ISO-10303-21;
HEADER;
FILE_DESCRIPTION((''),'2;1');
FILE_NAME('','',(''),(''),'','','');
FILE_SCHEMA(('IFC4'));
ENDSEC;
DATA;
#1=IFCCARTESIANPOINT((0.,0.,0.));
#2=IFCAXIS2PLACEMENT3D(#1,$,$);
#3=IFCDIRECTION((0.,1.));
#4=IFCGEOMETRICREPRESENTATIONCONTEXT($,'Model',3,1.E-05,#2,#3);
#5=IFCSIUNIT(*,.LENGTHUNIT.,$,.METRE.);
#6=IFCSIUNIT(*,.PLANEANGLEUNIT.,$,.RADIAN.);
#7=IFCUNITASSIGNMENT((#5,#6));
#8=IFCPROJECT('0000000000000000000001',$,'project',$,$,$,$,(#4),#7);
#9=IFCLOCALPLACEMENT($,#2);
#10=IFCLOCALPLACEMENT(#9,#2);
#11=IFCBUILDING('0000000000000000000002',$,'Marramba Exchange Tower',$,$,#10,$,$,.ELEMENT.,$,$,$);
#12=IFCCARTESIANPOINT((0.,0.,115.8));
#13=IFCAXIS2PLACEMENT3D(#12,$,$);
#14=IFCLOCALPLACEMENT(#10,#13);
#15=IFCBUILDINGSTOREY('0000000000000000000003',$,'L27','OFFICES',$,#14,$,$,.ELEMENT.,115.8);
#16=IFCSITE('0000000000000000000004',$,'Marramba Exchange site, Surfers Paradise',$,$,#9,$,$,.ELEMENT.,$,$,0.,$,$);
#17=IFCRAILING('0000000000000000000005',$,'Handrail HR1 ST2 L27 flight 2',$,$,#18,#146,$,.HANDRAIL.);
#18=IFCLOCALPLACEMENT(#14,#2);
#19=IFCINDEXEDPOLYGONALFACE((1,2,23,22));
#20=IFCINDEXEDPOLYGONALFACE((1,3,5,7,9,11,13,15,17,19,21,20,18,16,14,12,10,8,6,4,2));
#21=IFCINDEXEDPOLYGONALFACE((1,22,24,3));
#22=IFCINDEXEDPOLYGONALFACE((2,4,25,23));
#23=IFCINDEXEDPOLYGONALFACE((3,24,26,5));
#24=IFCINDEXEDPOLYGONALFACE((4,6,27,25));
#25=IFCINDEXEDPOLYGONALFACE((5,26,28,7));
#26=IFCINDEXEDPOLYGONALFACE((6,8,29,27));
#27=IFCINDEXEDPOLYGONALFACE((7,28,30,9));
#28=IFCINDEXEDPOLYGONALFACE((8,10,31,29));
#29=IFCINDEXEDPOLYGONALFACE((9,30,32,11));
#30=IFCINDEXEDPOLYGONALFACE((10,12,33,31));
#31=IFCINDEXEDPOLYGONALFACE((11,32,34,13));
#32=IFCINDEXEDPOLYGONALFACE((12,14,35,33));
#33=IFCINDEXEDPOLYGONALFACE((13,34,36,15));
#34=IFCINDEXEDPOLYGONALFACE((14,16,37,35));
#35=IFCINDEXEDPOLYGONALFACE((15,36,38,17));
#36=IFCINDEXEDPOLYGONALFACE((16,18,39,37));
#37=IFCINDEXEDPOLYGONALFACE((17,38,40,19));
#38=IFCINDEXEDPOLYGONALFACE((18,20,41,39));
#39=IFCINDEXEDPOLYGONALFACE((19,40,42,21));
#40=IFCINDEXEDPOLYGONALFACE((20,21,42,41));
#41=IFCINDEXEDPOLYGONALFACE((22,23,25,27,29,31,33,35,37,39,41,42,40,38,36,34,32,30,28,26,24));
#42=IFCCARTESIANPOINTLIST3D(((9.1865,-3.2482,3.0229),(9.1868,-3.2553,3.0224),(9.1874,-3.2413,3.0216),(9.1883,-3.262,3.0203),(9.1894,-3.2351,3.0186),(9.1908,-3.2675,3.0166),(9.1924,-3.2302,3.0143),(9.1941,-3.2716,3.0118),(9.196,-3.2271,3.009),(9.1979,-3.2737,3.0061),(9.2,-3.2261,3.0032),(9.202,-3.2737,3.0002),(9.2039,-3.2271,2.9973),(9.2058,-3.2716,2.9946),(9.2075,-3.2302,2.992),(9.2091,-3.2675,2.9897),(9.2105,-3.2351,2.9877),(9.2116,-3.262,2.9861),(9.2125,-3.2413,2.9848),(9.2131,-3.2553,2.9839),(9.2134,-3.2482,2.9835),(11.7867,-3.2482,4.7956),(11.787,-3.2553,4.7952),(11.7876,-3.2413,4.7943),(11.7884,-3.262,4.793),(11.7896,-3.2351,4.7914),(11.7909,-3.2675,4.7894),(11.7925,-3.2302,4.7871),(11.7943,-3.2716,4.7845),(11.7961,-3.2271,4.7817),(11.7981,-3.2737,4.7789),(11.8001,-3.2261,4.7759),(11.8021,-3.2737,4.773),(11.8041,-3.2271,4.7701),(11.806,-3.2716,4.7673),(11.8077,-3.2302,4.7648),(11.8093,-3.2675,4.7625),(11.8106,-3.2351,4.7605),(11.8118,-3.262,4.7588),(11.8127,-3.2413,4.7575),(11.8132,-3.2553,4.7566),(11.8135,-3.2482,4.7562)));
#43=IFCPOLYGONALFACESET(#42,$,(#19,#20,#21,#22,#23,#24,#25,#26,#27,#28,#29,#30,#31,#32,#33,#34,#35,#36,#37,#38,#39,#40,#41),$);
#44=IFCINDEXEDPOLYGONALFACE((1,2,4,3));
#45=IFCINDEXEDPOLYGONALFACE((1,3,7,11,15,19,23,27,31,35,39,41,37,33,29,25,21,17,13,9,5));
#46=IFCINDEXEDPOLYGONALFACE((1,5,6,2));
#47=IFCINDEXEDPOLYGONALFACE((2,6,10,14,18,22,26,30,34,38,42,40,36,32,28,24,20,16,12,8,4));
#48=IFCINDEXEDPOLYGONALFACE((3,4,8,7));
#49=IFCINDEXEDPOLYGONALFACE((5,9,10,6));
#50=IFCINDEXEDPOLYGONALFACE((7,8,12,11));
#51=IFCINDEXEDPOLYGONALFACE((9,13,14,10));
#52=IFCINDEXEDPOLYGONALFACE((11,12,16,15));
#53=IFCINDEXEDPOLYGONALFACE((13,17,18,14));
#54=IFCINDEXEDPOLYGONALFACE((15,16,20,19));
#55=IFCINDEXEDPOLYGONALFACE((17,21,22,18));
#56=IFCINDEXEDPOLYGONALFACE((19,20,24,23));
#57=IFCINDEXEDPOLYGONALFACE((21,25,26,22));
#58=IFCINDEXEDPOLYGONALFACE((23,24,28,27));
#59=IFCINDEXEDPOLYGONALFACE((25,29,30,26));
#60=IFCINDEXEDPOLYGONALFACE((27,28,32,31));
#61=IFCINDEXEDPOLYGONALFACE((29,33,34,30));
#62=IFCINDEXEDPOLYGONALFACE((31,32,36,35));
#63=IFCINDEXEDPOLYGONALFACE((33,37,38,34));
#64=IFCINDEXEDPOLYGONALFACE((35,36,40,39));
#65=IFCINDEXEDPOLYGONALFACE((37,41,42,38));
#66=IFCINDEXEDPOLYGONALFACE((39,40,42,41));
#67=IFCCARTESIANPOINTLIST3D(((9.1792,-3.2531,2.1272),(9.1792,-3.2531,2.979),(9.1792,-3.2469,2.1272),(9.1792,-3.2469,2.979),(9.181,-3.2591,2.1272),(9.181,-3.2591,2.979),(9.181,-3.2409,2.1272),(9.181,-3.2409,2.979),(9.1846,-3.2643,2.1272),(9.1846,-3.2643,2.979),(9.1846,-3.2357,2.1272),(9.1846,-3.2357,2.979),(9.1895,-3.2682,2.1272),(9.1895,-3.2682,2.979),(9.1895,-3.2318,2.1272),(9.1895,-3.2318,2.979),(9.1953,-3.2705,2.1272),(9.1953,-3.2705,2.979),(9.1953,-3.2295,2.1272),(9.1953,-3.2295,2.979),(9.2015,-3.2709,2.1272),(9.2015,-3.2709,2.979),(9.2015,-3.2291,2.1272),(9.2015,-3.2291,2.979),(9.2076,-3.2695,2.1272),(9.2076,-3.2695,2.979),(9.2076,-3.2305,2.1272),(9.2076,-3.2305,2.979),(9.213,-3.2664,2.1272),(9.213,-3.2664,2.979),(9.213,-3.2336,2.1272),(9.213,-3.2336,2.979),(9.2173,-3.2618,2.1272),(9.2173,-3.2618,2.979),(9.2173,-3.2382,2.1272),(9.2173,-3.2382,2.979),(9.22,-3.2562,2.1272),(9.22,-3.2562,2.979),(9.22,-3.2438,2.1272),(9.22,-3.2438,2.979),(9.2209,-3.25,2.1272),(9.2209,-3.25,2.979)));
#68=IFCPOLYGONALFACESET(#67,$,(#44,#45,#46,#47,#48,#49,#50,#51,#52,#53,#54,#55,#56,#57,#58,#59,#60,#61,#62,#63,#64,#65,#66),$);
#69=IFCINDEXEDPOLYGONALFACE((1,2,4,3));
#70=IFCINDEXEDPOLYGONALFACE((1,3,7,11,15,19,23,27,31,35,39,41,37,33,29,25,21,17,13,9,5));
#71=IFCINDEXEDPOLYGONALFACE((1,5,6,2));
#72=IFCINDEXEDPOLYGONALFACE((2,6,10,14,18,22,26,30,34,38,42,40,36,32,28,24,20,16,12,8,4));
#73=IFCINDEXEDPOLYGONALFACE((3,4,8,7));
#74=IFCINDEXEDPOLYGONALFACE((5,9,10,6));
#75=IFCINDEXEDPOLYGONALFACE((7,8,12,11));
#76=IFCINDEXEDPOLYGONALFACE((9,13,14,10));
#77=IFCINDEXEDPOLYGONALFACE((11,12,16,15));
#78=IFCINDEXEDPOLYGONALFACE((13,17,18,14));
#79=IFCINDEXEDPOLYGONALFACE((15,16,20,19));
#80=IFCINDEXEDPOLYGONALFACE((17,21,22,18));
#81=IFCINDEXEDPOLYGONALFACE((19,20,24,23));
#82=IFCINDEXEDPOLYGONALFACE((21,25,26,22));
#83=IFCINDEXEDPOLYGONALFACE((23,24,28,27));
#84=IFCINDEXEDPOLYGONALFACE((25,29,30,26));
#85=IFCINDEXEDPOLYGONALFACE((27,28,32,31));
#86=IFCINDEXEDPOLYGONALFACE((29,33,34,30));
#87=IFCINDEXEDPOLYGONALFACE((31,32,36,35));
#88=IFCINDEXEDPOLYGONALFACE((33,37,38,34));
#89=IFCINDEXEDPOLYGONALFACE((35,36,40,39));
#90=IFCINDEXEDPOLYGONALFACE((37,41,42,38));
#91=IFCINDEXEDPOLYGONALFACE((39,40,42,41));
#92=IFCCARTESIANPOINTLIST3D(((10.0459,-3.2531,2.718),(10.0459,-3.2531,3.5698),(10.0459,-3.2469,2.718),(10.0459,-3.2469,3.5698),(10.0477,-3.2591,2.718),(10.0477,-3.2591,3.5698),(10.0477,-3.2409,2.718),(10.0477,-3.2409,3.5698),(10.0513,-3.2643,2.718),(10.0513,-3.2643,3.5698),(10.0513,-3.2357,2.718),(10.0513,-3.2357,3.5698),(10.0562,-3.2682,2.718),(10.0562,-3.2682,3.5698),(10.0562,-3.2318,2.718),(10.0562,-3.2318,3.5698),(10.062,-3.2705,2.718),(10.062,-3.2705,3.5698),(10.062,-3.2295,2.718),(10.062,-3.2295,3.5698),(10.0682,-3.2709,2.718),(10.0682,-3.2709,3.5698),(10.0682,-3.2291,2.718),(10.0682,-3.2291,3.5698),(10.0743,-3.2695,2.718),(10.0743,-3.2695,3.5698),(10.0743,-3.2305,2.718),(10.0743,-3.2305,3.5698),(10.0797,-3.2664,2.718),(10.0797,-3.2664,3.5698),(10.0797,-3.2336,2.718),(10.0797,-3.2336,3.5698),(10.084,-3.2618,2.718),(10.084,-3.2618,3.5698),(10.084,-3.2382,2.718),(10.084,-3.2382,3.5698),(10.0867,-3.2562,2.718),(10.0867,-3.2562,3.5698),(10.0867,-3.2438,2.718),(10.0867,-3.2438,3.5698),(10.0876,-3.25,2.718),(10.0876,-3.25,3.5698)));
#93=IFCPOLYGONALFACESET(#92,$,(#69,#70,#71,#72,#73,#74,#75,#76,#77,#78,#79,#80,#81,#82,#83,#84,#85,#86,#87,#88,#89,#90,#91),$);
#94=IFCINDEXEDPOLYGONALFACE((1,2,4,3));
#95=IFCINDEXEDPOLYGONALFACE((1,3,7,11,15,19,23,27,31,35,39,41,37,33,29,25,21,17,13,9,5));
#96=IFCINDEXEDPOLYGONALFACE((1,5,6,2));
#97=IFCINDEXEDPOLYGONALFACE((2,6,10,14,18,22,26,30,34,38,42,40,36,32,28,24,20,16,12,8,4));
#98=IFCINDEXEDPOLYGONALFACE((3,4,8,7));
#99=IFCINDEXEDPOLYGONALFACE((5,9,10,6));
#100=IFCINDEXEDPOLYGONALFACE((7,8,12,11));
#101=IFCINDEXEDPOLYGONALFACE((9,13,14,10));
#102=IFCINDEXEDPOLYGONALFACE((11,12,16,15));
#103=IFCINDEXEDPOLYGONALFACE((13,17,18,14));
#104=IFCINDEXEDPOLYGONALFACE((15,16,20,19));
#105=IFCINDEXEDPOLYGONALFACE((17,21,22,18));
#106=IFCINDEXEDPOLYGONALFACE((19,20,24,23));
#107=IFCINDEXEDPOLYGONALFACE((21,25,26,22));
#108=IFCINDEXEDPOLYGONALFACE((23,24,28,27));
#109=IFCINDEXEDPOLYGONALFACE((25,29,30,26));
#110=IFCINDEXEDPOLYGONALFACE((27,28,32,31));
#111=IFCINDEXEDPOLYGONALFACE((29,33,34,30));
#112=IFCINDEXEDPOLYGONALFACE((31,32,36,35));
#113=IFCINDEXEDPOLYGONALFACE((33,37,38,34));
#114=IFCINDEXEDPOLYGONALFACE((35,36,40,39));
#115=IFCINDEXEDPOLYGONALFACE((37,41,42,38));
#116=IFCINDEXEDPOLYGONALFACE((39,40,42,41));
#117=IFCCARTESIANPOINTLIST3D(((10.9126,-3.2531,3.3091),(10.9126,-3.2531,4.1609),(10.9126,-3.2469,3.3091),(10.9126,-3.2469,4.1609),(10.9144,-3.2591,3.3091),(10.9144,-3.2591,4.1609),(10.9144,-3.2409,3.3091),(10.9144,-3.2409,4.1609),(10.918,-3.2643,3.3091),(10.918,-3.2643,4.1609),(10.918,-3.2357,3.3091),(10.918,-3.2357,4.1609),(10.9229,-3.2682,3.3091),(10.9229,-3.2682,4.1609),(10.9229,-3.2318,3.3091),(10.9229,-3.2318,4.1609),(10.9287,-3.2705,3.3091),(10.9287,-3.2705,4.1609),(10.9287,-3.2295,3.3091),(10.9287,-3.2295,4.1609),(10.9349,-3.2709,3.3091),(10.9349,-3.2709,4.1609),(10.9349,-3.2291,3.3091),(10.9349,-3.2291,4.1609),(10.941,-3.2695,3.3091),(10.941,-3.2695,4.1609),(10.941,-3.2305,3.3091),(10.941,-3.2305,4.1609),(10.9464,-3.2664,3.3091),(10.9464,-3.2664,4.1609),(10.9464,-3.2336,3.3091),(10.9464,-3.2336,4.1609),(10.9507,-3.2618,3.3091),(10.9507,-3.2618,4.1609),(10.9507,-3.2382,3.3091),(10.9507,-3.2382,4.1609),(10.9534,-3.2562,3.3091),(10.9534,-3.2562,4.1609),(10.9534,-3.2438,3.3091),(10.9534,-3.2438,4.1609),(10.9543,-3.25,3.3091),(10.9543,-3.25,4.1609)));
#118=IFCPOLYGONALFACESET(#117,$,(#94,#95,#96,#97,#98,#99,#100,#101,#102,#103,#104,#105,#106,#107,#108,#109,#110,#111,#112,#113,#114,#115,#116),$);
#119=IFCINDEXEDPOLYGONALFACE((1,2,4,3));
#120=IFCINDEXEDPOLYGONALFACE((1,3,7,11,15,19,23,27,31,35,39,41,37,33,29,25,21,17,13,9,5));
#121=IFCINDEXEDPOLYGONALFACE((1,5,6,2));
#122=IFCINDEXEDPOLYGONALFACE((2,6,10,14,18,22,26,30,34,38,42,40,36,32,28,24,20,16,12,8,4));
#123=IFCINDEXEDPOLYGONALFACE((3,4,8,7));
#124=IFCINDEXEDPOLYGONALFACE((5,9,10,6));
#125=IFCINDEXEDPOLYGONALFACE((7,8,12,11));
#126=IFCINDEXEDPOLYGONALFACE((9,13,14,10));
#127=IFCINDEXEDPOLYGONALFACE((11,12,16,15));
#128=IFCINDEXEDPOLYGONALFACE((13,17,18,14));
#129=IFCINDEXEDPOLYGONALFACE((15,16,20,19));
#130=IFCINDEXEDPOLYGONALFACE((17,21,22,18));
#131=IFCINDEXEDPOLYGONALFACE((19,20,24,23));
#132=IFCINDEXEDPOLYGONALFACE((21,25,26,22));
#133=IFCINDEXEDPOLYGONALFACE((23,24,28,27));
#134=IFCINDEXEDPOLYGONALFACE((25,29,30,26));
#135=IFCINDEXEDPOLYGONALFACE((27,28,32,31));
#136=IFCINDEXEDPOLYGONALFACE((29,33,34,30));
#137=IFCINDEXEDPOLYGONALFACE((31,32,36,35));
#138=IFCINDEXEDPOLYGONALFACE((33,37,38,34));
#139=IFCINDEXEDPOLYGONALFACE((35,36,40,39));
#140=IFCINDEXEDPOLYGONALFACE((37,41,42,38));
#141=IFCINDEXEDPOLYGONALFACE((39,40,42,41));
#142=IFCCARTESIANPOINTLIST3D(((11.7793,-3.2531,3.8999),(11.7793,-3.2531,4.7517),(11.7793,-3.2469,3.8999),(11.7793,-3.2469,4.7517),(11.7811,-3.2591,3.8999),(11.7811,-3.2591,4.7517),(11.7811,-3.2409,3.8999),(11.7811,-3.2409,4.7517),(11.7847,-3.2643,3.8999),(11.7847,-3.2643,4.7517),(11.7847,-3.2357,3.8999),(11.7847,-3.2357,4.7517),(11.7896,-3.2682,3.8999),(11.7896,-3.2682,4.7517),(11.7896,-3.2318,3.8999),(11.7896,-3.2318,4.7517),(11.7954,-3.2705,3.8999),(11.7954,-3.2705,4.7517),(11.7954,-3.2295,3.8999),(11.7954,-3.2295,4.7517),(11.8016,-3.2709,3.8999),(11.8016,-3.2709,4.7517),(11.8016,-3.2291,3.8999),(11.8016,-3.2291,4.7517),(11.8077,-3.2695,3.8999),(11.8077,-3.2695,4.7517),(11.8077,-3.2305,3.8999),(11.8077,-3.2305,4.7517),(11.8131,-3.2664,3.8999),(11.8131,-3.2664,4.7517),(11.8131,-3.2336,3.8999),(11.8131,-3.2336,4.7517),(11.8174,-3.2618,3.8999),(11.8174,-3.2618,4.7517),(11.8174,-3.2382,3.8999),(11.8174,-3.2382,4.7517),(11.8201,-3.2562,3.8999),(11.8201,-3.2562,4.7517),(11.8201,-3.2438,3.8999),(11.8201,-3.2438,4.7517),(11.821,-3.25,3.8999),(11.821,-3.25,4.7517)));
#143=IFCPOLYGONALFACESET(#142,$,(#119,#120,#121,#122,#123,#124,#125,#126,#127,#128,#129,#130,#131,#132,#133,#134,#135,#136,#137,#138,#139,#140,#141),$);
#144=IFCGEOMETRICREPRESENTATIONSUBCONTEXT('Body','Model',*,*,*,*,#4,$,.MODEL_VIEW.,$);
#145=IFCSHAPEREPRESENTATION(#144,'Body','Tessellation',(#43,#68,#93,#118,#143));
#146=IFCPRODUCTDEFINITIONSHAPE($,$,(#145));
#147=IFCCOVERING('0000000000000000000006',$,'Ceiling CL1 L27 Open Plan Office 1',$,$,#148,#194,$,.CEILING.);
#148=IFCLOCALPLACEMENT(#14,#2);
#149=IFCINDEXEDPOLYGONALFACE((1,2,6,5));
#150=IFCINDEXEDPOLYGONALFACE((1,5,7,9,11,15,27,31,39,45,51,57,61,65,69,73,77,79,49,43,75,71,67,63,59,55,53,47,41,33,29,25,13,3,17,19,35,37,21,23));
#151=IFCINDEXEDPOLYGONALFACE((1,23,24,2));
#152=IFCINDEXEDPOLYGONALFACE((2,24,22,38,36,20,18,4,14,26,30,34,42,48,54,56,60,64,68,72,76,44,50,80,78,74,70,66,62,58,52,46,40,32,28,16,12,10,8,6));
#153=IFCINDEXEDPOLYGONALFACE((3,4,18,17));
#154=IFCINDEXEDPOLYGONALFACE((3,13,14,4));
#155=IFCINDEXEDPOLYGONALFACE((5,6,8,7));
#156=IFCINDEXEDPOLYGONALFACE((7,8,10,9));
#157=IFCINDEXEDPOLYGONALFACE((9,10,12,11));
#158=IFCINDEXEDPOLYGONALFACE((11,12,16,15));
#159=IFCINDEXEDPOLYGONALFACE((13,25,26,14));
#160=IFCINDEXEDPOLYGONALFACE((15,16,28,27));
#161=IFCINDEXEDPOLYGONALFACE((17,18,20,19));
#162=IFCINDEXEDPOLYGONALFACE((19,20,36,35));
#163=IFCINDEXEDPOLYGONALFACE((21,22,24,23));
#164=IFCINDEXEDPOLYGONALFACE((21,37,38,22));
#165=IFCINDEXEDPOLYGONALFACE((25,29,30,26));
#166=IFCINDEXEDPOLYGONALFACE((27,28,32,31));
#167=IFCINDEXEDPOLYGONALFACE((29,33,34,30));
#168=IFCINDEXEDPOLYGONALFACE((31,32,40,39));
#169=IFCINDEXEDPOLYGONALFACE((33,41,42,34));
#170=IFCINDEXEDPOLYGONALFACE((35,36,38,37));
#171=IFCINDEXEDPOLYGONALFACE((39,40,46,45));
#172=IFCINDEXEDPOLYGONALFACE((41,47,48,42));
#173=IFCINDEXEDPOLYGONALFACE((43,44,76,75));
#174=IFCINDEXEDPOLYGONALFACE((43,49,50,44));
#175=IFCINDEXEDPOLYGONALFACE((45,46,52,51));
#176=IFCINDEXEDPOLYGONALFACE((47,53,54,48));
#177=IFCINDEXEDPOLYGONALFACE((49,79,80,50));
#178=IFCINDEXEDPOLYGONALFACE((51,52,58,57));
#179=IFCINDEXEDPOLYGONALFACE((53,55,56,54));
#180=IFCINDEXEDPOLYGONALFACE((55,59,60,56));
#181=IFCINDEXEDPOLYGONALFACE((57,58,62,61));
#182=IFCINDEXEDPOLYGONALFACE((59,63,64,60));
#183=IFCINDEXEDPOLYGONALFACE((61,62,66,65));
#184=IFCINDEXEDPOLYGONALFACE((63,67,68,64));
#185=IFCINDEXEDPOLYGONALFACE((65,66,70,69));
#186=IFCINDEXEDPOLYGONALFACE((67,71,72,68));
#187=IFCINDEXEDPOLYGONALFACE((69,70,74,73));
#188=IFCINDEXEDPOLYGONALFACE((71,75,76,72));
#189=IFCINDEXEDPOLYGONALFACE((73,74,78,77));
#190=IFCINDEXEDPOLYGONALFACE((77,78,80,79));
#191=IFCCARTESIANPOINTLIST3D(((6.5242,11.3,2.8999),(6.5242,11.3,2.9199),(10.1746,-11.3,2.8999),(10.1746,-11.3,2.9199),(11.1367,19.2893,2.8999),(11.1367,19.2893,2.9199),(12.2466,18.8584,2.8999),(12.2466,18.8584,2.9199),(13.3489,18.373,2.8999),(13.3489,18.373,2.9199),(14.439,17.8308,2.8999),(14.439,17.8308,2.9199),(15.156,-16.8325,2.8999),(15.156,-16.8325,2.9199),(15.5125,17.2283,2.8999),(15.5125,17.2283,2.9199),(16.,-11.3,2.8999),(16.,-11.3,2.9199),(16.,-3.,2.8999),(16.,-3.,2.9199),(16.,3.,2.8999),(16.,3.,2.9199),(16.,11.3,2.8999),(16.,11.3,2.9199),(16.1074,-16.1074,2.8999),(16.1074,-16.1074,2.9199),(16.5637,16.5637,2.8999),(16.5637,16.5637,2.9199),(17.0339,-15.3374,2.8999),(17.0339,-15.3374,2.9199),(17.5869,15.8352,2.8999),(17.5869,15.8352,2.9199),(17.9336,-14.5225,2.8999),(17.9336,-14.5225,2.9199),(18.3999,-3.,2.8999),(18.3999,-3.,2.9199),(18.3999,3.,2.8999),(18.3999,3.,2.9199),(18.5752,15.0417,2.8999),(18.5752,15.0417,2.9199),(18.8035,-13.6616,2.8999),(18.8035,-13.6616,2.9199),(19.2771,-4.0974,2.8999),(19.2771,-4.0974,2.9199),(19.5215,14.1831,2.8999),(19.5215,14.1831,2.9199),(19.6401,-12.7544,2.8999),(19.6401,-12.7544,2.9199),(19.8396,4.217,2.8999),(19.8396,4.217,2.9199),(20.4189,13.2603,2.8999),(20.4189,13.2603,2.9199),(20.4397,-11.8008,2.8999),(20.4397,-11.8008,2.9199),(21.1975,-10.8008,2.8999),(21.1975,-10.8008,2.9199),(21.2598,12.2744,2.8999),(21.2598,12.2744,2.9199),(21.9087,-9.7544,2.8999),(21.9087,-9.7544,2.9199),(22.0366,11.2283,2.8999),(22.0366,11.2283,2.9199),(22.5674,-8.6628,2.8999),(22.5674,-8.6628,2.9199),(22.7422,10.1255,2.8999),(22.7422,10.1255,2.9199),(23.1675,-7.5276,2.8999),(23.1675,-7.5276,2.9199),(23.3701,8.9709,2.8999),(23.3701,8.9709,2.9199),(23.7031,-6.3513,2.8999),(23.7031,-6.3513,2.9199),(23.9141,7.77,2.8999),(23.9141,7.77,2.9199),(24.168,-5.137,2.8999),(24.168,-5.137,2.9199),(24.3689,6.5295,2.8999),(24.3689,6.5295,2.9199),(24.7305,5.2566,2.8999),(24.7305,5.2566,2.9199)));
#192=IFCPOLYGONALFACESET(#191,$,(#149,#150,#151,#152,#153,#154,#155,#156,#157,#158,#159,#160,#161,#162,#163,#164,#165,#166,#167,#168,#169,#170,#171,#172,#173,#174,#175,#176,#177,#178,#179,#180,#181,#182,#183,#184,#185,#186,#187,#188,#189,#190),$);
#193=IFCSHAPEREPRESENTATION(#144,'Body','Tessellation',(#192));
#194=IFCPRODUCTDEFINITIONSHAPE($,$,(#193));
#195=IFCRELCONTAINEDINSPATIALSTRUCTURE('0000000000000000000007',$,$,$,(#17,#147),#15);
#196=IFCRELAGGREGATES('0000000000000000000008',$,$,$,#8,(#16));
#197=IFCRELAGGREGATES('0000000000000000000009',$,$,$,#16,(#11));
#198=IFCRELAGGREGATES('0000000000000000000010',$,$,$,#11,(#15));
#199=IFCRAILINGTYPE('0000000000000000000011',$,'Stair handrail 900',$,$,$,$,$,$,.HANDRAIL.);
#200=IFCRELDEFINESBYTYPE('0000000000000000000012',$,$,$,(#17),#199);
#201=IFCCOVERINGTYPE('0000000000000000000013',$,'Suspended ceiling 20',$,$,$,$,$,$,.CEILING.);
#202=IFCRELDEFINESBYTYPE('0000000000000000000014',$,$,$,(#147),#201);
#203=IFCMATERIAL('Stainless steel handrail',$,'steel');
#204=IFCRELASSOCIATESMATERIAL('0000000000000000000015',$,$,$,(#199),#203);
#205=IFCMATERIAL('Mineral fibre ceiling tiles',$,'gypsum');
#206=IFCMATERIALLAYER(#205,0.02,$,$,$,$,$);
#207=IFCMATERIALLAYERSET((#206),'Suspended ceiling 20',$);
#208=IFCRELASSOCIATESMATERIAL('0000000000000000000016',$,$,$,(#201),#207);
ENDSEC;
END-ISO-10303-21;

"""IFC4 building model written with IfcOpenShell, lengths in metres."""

from ifc_helpers import new_model, si_unit, direction, frame, origin, origin_2d, place, context, subcontext, project, spatial, polyline, circle, outline, extrude, material, layer, layer_set, type_object, element, save


model = new_model("IFC4")

# Units and contexts
model_context = context("Model", 3, precision=1e-05, world=origin(), true_north=direction((0.0, 1.0)))
body_context = subcontext(model_context, "Body", "Model", "MODEL_VIEW")
ifc_project = project(units=[si_unit("LENGTHUNIT", "METRE"), si_unit("PLANEANGLEUNIT", "RADIAN")], contexts=[model_context])

# Site, building, storey
site_placement = place(None, origin())
site = spatial("IfcSite", under=ifc_project, at=site_placement, Name="Marramba Exchange site, Surfers Paradise", CompositionType="ELEMENT", RefElevation=0.0)
building_placement = place(site_placement, origin())
building = spatial("IfcBuilding", under=site, at=building_placement, Name="Marramba Exchange Tower", CompositionType="ELEMENT")
storey_placement = place(building_placement, frame((0.0, 0.0, 115.8)))
storey = spatial("IfcBuildingStorey", under=building, at=storey_placement, Name="L27", Description="OFFICES", CompositionType="ELEMENT", Elevation=115.8)

# Railing
ifc_material_1 = material(Name="Stainless steel handrail", Category="steel")
railing_type = type_object("IfcRailingType", Name="Stair handrail 900", PredefinedType="HANDRAIL", material=ifc_material_1)
railing_placement = place(storey_placement, frame((9.2, -3.25, 2.1272)))
element("IfcRailing", 1, at=railing_placement, inside=storey, type_object=railing_type, Name="Handrail HR1 ST2 L27 flight 2", PredefinedType="HANDRAIL", context=body_context, shape_type="SweptSolid", body=[
    extrude(circle(Radius=0.0239, at=origin_2d()), frame((0.0, 0.0, 0.876), z_axis=(0.82624, 0.0, 0.563318), x_axis=(0.0, 1.0, 0.0)), (0.0, 0.0, 1.0), 3.147),
    extrude(circle(Radius=0.021, at=origin_2d()), origin(), (0.0, 0.0, 1.0), 0.8518),
    extrude(circle(Radius=0.021, at=origin_2d()), frame((0.8667, 0.0, 0.5908)), (0.0, 0.0, 1.0), 0.8518),
    extrude(circle(Radius=0.021, at=origin_2d()), frame((1.7334, 0.0, 1.1819)), (0.0, 0.0, 1.0), 0.8518),
    extrude(circle(Radius=0.021, at=origin_2d()), frame((2.6001, 0.0, 1.7727)), (0.0, 0.0, 1.0), 0.8518),
])

# Covering
ifc_material_2 = material(Name="Mineral fibre ceiling tiles", Category="gypsum")
ifc_layer_1 = layer(ifc_material_2, 0.02)
ifc_layer_set_1 = layer_set([ifc_layer_1], Name="Suspended ceiling 20")
covering_type = type_object("IfcCoveringType", Name="Suspended ceiling 20", PredefinedType="CEILING", material=ifc_layer_set_1)
covering_1_placement = place(storey_placement, frame((0.0, 0.0, 2.8999)))
element("IfcCovering", 2, at=covering_1_placement, inside=storey, type_object=covering_type, Name="Ceiling CL1 L27 Open Plan Office 1", PredefinedType="CEILING", context=body_context, shape_type="SweptSolid", body=[
    extrude(outline(polyline([(16.0, -3.0), (18.3999, -3.0), (18.3999, 3.0), (16.0, 3.0), (16.0, 11.3), (6.5242, 11.3), (11.1367, 19.2893), (12.2466, 18.8584), (13.3489, 18.373), (14.439, 17.8308), (15.5125, 17.2283), (16.5637, 16.5637), (17.5869, 15.8352), (18.5752, 15.0417), (19.5215, 14.1831), (20.4189, 13.2603), (21.2598, 12.2744), (22.0366, 11.2283), (22.7422, 10.1255), (23.3701, 8.9709), (23.9141, 7.77), (24.3689, 6.5295), (24.7305, 5.2566), (19.8396, 4.217), (19.2771, -4.0974), (24.168, -5.137), (23.7031, -6.3513), (23.1675, -7.5276), (22.5674, -8.6628), (21.9087, -9.7544), (21.1975, -10.8008), (20.4397, -11.8008), (19.6401, -12.7544), (18.8035, -13.6616), (17.9336, -14.5225), (17.0339, -15.3374), (16.1074, -16.1074), (15.156, -16.8325), (10.1746, -11.3), (16.0, -11.3), (16.0, -3.0)])), origin(), (0.0, 0.0, 1.0), 0.02),
])

save(model, "model.ifc")
